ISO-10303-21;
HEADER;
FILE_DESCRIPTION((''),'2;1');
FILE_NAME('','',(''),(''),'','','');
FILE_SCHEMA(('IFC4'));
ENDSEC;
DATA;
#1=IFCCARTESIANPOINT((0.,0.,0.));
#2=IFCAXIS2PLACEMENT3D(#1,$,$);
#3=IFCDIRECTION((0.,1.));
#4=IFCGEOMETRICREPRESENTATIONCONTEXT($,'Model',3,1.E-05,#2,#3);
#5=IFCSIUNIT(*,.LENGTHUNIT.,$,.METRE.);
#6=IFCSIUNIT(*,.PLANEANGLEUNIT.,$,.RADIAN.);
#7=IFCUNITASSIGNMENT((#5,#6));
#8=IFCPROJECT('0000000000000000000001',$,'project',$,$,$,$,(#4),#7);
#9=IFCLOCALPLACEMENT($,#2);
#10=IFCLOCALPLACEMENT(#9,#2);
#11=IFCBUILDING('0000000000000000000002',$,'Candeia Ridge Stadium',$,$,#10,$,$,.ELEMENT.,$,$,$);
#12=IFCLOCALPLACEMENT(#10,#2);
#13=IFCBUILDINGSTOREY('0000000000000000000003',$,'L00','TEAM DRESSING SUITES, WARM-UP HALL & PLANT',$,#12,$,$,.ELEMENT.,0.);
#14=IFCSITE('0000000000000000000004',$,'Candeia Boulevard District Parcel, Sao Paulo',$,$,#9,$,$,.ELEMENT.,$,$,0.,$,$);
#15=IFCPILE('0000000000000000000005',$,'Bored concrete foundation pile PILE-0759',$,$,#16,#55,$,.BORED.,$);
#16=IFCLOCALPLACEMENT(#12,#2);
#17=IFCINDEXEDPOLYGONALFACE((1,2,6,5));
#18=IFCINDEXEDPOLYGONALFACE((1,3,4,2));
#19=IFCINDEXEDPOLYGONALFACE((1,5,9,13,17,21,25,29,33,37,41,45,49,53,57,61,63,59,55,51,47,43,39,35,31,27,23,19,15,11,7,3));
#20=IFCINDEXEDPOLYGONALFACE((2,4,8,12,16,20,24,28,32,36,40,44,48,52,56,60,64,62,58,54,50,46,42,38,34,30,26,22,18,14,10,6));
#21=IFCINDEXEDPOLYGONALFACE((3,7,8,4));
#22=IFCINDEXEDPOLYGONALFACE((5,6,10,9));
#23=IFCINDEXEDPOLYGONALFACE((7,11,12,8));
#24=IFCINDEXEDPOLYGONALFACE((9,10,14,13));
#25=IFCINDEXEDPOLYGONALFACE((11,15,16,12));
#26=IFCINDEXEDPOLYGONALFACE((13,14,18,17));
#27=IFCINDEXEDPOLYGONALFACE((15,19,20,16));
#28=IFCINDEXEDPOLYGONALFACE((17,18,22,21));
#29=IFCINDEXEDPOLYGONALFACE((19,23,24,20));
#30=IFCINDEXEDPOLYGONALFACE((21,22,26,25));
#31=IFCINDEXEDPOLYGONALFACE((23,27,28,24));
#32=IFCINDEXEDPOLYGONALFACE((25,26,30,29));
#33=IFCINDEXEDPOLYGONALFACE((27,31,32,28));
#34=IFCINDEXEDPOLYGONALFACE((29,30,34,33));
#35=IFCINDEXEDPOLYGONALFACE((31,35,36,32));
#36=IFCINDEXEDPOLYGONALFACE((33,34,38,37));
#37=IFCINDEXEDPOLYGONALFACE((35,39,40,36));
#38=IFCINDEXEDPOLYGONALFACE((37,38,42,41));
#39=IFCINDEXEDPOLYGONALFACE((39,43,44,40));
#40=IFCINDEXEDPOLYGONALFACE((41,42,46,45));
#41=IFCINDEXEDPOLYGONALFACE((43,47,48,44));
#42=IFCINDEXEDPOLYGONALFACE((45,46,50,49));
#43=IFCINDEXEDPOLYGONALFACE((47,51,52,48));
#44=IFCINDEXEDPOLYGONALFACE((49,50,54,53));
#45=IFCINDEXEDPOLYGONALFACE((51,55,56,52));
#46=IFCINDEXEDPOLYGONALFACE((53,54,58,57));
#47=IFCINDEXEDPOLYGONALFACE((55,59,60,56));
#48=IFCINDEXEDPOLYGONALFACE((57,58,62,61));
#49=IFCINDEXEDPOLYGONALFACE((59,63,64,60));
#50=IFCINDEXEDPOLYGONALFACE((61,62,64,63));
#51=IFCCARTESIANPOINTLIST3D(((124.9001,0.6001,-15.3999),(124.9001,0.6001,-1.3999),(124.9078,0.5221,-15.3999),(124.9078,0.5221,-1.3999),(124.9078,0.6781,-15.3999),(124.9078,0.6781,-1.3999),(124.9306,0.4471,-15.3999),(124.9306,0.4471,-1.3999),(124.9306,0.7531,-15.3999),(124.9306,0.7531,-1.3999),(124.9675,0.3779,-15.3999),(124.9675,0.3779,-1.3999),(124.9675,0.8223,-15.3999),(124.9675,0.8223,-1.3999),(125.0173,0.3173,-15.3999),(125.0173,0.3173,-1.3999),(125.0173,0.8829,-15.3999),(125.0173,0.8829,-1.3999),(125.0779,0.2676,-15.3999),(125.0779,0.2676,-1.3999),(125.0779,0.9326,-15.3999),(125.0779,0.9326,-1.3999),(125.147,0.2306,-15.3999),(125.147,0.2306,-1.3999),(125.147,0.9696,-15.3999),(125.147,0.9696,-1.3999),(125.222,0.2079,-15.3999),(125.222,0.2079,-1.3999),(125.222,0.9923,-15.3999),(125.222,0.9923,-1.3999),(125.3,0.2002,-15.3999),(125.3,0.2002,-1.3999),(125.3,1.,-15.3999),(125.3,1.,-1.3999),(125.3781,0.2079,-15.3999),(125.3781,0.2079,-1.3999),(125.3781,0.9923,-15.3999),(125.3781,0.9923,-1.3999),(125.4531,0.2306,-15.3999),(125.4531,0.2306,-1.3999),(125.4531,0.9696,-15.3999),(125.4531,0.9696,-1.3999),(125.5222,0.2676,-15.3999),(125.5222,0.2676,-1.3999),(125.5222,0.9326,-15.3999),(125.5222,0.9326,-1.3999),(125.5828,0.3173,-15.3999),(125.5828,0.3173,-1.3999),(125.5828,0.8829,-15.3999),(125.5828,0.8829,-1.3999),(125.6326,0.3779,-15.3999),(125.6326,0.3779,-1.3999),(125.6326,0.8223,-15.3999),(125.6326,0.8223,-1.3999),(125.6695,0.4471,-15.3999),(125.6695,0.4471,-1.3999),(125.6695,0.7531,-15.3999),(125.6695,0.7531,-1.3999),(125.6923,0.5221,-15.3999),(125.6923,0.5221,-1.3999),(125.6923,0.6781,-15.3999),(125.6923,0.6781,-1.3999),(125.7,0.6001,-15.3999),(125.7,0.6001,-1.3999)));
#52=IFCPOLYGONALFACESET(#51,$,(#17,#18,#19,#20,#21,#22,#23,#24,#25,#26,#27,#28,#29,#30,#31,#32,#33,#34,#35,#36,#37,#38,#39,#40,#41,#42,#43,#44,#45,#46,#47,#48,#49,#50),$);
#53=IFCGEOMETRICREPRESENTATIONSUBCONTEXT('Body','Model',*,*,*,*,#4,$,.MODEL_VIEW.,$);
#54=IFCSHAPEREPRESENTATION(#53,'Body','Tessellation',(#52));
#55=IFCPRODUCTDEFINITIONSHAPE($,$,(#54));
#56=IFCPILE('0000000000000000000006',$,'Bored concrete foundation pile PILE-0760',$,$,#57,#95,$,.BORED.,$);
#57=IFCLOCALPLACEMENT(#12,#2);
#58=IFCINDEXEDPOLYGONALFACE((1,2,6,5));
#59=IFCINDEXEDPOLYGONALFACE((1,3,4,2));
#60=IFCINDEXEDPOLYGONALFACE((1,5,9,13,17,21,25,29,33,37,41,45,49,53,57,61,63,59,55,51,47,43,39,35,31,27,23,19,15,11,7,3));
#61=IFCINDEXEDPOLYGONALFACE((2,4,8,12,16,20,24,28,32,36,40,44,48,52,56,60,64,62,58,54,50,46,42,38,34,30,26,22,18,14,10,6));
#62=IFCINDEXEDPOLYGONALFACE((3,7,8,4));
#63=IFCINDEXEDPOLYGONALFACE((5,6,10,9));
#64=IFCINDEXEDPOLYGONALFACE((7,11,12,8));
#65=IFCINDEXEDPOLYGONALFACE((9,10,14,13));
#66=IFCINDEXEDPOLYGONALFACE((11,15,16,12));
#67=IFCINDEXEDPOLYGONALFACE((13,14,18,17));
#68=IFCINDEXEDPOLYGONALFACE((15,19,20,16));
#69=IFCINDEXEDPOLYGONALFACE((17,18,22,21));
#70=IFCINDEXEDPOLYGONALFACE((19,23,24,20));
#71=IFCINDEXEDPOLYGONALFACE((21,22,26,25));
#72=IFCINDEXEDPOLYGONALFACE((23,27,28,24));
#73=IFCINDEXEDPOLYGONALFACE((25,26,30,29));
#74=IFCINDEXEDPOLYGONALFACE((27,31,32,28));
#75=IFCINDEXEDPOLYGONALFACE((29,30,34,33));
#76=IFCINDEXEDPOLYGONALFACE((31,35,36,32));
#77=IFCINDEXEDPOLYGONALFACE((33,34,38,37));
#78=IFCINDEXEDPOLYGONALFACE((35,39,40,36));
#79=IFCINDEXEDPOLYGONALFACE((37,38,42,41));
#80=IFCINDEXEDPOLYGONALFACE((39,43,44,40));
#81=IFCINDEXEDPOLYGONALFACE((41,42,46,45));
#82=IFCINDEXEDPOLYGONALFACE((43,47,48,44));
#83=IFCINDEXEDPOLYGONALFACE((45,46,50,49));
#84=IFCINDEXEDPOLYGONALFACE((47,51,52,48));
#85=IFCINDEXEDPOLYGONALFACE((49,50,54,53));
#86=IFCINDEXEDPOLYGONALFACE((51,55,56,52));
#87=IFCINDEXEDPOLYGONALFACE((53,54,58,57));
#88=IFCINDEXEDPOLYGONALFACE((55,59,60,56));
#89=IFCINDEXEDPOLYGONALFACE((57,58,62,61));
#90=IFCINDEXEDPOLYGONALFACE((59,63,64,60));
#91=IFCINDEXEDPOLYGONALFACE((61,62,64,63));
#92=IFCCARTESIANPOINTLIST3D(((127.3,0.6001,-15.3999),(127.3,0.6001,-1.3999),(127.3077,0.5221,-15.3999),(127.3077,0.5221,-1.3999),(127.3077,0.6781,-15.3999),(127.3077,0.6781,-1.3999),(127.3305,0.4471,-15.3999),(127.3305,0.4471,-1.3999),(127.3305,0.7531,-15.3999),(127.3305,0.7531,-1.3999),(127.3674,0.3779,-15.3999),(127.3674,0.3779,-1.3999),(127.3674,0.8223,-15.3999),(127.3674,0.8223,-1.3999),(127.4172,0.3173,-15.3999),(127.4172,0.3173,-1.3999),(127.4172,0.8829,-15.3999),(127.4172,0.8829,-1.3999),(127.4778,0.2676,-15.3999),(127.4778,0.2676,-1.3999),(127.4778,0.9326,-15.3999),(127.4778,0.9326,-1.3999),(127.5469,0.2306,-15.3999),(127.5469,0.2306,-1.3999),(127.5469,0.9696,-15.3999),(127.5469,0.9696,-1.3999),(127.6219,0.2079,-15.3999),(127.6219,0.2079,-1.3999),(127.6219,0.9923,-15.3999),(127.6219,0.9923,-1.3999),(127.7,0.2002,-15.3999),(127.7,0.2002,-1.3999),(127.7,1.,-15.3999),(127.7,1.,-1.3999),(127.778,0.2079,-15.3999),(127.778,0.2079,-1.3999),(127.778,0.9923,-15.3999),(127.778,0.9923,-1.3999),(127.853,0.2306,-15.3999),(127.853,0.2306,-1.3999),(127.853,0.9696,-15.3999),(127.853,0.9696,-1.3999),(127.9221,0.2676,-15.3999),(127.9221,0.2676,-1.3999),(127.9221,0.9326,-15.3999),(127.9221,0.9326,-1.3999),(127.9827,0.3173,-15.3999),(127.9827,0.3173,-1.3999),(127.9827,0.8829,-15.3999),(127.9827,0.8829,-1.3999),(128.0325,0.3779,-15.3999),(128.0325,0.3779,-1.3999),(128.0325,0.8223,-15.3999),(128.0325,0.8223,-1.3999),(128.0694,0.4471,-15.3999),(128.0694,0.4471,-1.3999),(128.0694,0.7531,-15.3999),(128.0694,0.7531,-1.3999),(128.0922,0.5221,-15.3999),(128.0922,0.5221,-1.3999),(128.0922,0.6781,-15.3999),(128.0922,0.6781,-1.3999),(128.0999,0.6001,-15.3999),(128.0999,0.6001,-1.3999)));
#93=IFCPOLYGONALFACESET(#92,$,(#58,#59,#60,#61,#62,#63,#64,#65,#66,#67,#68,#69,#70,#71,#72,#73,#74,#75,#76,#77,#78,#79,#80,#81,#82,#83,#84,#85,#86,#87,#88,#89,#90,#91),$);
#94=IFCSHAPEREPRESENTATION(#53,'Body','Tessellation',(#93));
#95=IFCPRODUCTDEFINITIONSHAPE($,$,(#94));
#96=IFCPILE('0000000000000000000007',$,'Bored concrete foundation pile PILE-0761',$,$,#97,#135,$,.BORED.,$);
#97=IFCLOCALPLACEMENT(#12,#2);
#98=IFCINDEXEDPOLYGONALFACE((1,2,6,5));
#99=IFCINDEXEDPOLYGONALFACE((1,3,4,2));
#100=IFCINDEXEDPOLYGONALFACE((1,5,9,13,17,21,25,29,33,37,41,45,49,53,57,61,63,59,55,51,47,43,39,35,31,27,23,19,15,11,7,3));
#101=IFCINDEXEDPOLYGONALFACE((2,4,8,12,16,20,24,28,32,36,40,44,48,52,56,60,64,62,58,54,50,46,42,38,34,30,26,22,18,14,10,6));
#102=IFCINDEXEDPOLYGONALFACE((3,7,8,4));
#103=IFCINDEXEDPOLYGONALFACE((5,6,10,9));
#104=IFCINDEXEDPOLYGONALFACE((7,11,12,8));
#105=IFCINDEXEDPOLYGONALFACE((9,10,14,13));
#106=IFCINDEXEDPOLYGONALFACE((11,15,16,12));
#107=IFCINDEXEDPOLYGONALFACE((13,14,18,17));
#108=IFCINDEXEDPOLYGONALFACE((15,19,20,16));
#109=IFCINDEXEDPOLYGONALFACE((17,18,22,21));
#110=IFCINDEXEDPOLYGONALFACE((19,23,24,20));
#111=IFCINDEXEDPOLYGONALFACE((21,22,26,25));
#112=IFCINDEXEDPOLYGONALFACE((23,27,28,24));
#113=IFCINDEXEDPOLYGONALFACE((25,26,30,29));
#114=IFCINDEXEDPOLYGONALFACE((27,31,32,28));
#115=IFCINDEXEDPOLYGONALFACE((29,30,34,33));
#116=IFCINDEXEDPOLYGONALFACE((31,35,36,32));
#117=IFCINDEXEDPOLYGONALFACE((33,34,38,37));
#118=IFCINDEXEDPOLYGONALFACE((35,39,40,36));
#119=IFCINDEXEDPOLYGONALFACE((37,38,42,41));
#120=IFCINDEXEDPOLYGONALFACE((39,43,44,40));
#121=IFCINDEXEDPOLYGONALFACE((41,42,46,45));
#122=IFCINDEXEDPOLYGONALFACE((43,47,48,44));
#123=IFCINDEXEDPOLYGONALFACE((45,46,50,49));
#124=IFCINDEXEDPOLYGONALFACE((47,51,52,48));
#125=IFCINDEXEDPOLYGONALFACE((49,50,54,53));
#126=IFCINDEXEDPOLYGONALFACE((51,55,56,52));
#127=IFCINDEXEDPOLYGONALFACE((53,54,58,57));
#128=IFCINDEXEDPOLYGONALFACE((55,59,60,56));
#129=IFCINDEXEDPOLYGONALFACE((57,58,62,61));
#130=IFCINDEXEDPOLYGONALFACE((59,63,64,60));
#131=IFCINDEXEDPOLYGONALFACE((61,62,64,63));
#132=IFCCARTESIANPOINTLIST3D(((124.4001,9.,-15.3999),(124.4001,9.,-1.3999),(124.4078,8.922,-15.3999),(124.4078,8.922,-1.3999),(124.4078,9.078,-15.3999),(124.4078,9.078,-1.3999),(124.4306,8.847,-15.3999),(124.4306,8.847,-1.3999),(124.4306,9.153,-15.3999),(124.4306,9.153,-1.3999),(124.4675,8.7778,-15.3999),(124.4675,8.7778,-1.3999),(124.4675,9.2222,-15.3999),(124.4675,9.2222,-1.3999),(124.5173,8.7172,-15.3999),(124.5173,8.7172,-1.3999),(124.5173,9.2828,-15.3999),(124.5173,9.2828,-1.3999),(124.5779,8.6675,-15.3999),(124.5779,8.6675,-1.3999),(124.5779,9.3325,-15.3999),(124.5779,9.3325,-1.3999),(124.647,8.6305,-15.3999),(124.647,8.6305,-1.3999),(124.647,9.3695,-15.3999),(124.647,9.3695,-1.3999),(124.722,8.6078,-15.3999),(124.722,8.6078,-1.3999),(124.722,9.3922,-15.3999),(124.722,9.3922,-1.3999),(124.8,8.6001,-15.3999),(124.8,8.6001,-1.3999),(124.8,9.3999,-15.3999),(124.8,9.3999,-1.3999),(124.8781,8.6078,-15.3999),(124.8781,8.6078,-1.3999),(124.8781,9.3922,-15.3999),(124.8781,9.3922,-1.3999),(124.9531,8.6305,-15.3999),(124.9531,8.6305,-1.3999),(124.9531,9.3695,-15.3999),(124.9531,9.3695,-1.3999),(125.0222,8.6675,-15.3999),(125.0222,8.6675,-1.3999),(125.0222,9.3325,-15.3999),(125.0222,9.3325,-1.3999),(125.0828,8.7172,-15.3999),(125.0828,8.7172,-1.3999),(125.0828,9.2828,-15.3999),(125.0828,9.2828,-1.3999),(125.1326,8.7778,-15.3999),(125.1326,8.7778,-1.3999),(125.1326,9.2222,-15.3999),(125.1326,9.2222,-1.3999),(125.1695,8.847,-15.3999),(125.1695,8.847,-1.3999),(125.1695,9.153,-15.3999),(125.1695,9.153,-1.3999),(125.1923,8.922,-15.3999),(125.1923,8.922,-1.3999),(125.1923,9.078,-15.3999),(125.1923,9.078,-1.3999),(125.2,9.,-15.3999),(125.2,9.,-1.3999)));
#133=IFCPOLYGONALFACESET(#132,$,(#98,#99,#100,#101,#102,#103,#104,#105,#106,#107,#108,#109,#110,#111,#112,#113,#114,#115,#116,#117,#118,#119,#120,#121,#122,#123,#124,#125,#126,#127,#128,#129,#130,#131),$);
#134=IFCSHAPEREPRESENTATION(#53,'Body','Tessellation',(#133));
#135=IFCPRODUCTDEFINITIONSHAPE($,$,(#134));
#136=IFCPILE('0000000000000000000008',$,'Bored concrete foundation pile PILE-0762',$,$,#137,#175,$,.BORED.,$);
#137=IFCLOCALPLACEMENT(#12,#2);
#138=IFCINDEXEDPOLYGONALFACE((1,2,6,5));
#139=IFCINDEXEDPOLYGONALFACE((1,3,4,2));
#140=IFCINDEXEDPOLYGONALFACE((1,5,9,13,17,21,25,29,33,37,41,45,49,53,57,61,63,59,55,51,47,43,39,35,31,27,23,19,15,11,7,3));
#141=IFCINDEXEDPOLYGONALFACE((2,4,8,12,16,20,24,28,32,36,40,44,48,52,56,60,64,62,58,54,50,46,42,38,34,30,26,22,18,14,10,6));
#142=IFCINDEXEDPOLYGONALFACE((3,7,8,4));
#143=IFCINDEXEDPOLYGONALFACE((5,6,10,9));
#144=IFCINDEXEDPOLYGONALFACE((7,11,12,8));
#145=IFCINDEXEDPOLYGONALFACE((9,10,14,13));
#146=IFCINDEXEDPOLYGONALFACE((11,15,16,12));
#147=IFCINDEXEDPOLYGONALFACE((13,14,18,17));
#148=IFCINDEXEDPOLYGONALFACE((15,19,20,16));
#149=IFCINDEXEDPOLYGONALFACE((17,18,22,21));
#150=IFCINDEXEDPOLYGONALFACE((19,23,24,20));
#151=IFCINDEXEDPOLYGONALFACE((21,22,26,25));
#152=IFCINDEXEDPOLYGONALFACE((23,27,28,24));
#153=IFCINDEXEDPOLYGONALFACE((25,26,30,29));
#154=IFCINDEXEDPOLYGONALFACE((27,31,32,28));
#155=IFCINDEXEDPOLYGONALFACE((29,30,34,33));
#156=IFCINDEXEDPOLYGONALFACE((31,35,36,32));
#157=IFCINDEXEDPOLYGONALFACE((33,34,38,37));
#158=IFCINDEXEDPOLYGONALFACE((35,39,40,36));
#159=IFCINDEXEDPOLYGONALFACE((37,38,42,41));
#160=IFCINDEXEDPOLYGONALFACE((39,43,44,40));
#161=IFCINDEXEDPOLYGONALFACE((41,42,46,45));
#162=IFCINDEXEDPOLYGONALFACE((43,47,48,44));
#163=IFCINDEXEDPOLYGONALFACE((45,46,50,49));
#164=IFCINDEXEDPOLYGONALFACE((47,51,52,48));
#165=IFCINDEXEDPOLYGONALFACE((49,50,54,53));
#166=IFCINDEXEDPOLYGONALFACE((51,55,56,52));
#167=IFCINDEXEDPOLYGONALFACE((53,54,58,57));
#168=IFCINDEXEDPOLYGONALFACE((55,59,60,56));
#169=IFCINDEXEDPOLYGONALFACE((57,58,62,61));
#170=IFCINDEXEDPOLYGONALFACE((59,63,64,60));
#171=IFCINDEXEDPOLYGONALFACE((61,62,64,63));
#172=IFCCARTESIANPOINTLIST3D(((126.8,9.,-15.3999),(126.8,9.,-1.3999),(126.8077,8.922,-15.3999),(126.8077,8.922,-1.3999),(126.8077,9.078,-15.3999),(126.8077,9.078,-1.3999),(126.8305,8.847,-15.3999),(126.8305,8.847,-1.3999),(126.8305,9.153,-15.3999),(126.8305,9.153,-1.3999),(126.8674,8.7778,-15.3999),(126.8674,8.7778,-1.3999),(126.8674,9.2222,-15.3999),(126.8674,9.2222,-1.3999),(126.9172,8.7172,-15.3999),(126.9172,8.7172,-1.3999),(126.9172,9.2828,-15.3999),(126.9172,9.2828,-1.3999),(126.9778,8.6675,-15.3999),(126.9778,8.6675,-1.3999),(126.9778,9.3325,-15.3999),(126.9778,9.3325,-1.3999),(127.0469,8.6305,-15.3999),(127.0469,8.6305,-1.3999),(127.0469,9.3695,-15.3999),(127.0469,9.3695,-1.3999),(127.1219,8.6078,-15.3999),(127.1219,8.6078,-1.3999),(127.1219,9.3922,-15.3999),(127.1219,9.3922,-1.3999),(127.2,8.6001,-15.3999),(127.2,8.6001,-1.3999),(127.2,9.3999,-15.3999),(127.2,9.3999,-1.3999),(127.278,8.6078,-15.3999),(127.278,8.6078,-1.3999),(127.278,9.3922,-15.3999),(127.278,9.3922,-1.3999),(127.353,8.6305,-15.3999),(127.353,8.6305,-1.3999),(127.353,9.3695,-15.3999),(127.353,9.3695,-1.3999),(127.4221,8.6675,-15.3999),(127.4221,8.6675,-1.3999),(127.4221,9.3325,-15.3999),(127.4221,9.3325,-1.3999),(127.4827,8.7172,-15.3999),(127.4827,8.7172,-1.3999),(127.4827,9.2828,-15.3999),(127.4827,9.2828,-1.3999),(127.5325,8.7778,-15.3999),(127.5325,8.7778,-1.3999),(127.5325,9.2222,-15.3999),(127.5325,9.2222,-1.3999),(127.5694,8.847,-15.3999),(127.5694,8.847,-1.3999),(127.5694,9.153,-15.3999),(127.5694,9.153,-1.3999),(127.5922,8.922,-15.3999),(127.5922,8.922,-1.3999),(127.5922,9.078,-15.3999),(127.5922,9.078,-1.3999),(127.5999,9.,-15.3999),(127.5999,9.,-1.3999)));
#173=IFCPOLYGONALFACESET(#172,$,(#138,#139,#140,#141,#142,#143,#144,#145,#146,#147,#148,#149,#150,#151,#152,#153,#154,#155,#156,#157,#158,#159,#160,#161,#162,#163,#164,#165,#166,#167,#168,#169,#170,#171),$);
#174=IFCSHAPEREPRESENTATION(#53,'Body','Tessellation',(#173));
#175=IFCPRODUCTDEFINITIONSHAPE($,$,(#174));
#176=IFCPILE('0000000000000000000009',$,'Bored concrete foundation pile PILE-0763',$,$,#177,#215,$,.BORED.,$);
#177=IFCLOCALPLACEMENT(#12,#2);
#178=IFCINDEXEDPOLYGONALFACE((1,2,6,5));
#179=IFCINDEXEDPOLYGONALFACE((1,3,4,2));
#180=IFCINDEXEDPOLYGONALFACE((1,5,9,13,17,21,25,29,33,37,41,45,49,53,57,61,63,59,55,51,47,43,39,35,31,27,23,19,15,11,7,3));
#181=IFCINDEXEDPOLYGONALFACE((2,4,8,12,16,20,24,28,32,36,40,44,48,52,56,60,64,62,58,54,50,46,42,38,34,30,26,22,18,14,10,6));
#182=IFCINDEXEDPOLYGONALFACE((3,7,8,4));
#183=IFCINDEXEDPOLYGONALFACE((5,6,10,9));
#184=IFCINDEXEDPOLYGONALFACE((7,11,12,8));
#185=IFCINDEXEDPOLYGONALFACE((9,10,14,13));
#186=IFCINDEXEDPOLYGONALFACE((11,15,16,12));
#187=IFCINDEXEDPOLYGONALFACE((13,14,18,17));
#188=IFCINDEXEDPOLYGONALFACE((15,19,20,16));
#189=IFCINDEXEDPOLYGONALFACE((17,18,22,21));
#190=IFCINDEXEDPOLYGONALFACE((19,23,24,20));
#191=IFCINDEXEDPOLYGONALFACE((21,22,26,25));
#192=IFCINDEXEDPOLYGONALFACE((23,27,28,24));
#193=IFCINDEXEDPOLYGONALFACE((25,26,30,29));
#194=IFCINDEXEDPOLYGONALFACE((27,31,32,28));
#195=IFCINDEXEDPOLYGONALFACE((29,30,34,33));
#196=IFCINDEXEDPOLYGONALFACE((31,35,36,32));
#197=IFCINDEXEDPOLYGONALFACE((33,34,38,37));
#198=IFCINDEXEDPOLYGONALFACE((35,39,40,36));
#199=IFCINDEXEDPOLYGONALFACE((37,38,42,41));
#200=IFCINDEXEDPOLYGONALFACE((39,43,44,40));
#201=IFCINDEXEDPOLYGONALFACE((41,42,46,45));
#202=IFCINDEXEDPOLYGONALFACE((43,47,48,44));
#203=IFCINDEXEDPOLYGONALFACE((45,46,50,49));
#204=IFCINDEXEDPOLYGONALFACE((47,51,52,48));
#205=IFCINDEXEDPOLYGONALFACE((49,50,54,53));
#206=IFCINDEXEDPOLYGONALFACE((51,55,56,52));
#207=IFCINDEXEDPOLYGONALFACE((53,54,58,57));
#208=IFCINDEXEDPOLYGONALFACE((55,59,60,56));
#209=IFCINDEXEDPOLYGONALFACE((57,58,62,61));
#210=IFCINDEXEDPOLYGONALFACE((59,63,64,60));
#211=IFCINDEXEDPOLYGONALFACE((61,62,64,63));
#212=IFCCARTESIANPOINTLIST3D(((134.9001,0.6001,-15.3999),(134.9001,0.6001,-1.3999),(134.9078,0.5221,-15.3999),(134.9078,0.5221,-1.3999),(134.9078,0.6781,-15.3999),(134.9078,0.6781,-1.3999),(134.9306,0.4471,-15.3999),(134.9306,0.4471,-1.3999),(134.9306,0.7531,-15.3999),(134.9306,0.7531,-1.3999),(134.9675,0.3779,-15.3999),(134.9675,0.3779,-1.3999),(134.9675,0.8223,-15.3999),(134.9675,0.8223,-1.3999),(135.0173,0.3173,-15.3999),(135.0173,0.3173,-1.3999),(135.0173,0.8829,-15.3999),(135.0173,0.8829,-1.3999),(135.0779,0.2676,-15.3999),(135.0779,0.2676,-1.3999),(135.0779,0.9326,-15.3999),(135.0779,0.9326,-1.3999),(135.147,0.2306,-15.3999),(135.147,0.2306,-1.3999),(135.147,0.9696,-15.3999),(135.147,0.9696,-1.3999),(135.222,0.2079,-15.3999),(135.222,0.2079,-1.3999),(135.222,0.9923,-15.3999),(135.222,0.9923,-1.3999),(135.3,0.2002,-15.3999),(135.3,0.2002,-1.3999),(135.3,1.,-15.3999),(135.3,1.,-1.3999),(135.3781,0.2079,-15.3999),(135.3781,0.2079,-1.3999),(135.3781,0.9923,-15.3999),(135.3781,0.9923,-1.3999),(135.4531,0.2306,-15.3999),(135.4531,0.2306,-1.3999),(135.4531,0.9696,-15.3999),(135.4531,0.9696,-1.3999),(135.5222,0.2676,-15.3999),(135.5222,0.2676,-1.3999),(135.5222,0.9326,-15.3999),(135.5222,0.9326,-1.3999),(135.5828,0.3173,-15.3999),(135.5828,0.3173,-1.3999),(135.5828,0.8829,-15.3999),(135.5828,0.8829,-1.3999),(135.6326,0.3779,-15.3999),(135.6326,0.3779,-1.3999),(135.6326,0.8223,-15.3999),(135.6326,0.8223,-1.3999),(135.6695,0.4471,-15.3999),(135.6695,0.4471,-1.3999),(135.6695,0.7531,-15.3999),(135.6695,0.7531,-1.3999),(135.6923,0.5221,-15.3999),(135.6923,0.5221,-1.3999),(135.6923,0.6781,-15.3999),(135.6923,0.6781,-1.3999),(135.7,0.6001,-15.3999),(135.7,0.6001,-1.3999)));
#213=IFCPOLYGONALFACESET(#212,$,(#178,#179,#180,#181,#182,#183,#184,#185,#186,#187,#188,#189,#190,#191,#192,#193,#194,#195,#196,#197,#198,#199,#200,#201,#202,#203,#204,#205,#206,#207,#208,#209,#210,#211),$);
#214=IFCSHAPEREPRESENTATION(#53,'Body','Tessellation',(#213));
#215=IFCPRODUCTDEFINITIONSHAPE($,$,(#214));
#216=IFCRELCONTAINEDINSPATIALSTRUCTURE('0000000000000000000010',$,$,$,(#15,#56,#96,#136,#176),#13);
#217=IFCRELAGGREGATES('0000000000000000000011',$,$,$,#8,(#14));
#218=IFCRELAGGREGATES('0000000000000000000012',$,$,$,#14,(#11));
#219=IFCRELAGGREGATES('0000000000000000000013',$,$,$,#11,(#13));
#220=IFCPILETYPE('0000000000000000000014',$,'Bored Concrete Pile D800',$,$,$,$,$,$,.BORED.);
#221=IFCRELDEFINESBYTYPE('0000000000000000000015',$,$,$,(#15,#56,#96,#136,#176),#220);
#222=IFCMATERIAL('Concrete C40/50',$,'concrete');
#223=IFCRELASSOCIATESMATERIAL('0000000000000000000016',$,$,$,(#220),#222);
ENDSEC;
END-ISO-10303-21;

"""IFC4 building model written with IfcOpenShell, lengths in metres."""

from ifc_helpers import new_model, si_unit, direction, frame, origin, origin_2d, place, context, subcontext, project, spatial, circle, extrude, material, material_profile, profile_set, type_object, element, save


model = new_model("IFC4")

# Units and contexts
model_context = context("Model", 3, precision=1e-05, world=origin(), true_north=direction((0.0, 1.0)))
body_context = subcontext(model_context, "Body", "Model", "MODEL_VIEW")
ifc_project = project(units=[si_unit("LENGTHUNIT", "METRE"), si_unit("PLANEANGLEUNIT", "RADIAN")], contexts=[model_context])

# Site, building, storey
site_placement = place(None, origin())
site = spatial("IfcSite", under=ifc_project, at=site_placement, Name="Candeia Boulevard District Parcel, Sao Paulo", CompositionType="ELEMENT", RefElevation=0.0)
building_placement = place(site_placement, origin())
building = spatial("IfcBuilding", under=site, at=building_placement, Name="Candeia Ridge Stadium", CompositionType="ELEMENT")
storey_placement = place(building_placement, origin())
storey = spatial("IfcBuildingStorey", under=building, at=storey_placement, Name="L00", Description="TEAM DRESSING SUITES, WARM-UP HALL & PLANT", CompositionType="ELEMENT", Elevation=0.0)

# Piles
ifc_material_1 = material(Name="Concrete C40/50", Category="concrete")
ifc_material_profile_1 = material_profile(ifc_material_1, circle(Radius=0.3999, at=origin_2d()), Name="PILE-D800", Category="concrete")
ifc_profile_set_1 = profile_set([ifc_material_profile_1], Name="Concrete C40/50")
pile_type = type_object("IfcPileType", Name="Bored Concrete Pile D800", PredefinedType="BORED", material=ifc_profile_set_1)
for number, where, z_axis, x_axis, name in (
    (1, (125.3, 0.6001, -1.3999), (0.0, 0.0, -1.0), (1.0, 0.0, 0.0), "Bored concrete foundation pile PILE-0759"),
    (2, (127.7, 0.6001, -1.3999), (0.0, 0.0, -1.0), (1.0, 0.0, 0.0), "Bored concrete foundation pile PILE-0760"),
    (3, (124.8, 9.0, -1.3999), (0.0, 0.0, -1.0), (1.0, 0.0, 0.0), "Bored concrete foundation pile PILE-0761"),
    (4, (127.2, 9.0, -1.3999), (0.0, 0.0, -1.0), (1.0, 0.0, 0.0), "Bored concrete foundation pile PILE-0762"),
    (5, (135.3, 0.6001, -1.3999), (0.0, 0.0, -1.0), (1.0, 0.0, 0.0), "Bored concrete foundation pile PILE-0763"),
):
    element("IfcPile", number, at=place(storey_placement, frame(where, z_axis=z_axis, x_axis=x_axis)), inside=storey, type_object=pile_type, Name=name, PredefinedType="BORED", context=body_context, shape_type="SweptSolid", body=[
        extrude(circle(Radius=0.3999, at=origin_2d()), origin(), (0.0, 0.0, 1.0), 14.0),
    ])

save(model, "model.ifc")
